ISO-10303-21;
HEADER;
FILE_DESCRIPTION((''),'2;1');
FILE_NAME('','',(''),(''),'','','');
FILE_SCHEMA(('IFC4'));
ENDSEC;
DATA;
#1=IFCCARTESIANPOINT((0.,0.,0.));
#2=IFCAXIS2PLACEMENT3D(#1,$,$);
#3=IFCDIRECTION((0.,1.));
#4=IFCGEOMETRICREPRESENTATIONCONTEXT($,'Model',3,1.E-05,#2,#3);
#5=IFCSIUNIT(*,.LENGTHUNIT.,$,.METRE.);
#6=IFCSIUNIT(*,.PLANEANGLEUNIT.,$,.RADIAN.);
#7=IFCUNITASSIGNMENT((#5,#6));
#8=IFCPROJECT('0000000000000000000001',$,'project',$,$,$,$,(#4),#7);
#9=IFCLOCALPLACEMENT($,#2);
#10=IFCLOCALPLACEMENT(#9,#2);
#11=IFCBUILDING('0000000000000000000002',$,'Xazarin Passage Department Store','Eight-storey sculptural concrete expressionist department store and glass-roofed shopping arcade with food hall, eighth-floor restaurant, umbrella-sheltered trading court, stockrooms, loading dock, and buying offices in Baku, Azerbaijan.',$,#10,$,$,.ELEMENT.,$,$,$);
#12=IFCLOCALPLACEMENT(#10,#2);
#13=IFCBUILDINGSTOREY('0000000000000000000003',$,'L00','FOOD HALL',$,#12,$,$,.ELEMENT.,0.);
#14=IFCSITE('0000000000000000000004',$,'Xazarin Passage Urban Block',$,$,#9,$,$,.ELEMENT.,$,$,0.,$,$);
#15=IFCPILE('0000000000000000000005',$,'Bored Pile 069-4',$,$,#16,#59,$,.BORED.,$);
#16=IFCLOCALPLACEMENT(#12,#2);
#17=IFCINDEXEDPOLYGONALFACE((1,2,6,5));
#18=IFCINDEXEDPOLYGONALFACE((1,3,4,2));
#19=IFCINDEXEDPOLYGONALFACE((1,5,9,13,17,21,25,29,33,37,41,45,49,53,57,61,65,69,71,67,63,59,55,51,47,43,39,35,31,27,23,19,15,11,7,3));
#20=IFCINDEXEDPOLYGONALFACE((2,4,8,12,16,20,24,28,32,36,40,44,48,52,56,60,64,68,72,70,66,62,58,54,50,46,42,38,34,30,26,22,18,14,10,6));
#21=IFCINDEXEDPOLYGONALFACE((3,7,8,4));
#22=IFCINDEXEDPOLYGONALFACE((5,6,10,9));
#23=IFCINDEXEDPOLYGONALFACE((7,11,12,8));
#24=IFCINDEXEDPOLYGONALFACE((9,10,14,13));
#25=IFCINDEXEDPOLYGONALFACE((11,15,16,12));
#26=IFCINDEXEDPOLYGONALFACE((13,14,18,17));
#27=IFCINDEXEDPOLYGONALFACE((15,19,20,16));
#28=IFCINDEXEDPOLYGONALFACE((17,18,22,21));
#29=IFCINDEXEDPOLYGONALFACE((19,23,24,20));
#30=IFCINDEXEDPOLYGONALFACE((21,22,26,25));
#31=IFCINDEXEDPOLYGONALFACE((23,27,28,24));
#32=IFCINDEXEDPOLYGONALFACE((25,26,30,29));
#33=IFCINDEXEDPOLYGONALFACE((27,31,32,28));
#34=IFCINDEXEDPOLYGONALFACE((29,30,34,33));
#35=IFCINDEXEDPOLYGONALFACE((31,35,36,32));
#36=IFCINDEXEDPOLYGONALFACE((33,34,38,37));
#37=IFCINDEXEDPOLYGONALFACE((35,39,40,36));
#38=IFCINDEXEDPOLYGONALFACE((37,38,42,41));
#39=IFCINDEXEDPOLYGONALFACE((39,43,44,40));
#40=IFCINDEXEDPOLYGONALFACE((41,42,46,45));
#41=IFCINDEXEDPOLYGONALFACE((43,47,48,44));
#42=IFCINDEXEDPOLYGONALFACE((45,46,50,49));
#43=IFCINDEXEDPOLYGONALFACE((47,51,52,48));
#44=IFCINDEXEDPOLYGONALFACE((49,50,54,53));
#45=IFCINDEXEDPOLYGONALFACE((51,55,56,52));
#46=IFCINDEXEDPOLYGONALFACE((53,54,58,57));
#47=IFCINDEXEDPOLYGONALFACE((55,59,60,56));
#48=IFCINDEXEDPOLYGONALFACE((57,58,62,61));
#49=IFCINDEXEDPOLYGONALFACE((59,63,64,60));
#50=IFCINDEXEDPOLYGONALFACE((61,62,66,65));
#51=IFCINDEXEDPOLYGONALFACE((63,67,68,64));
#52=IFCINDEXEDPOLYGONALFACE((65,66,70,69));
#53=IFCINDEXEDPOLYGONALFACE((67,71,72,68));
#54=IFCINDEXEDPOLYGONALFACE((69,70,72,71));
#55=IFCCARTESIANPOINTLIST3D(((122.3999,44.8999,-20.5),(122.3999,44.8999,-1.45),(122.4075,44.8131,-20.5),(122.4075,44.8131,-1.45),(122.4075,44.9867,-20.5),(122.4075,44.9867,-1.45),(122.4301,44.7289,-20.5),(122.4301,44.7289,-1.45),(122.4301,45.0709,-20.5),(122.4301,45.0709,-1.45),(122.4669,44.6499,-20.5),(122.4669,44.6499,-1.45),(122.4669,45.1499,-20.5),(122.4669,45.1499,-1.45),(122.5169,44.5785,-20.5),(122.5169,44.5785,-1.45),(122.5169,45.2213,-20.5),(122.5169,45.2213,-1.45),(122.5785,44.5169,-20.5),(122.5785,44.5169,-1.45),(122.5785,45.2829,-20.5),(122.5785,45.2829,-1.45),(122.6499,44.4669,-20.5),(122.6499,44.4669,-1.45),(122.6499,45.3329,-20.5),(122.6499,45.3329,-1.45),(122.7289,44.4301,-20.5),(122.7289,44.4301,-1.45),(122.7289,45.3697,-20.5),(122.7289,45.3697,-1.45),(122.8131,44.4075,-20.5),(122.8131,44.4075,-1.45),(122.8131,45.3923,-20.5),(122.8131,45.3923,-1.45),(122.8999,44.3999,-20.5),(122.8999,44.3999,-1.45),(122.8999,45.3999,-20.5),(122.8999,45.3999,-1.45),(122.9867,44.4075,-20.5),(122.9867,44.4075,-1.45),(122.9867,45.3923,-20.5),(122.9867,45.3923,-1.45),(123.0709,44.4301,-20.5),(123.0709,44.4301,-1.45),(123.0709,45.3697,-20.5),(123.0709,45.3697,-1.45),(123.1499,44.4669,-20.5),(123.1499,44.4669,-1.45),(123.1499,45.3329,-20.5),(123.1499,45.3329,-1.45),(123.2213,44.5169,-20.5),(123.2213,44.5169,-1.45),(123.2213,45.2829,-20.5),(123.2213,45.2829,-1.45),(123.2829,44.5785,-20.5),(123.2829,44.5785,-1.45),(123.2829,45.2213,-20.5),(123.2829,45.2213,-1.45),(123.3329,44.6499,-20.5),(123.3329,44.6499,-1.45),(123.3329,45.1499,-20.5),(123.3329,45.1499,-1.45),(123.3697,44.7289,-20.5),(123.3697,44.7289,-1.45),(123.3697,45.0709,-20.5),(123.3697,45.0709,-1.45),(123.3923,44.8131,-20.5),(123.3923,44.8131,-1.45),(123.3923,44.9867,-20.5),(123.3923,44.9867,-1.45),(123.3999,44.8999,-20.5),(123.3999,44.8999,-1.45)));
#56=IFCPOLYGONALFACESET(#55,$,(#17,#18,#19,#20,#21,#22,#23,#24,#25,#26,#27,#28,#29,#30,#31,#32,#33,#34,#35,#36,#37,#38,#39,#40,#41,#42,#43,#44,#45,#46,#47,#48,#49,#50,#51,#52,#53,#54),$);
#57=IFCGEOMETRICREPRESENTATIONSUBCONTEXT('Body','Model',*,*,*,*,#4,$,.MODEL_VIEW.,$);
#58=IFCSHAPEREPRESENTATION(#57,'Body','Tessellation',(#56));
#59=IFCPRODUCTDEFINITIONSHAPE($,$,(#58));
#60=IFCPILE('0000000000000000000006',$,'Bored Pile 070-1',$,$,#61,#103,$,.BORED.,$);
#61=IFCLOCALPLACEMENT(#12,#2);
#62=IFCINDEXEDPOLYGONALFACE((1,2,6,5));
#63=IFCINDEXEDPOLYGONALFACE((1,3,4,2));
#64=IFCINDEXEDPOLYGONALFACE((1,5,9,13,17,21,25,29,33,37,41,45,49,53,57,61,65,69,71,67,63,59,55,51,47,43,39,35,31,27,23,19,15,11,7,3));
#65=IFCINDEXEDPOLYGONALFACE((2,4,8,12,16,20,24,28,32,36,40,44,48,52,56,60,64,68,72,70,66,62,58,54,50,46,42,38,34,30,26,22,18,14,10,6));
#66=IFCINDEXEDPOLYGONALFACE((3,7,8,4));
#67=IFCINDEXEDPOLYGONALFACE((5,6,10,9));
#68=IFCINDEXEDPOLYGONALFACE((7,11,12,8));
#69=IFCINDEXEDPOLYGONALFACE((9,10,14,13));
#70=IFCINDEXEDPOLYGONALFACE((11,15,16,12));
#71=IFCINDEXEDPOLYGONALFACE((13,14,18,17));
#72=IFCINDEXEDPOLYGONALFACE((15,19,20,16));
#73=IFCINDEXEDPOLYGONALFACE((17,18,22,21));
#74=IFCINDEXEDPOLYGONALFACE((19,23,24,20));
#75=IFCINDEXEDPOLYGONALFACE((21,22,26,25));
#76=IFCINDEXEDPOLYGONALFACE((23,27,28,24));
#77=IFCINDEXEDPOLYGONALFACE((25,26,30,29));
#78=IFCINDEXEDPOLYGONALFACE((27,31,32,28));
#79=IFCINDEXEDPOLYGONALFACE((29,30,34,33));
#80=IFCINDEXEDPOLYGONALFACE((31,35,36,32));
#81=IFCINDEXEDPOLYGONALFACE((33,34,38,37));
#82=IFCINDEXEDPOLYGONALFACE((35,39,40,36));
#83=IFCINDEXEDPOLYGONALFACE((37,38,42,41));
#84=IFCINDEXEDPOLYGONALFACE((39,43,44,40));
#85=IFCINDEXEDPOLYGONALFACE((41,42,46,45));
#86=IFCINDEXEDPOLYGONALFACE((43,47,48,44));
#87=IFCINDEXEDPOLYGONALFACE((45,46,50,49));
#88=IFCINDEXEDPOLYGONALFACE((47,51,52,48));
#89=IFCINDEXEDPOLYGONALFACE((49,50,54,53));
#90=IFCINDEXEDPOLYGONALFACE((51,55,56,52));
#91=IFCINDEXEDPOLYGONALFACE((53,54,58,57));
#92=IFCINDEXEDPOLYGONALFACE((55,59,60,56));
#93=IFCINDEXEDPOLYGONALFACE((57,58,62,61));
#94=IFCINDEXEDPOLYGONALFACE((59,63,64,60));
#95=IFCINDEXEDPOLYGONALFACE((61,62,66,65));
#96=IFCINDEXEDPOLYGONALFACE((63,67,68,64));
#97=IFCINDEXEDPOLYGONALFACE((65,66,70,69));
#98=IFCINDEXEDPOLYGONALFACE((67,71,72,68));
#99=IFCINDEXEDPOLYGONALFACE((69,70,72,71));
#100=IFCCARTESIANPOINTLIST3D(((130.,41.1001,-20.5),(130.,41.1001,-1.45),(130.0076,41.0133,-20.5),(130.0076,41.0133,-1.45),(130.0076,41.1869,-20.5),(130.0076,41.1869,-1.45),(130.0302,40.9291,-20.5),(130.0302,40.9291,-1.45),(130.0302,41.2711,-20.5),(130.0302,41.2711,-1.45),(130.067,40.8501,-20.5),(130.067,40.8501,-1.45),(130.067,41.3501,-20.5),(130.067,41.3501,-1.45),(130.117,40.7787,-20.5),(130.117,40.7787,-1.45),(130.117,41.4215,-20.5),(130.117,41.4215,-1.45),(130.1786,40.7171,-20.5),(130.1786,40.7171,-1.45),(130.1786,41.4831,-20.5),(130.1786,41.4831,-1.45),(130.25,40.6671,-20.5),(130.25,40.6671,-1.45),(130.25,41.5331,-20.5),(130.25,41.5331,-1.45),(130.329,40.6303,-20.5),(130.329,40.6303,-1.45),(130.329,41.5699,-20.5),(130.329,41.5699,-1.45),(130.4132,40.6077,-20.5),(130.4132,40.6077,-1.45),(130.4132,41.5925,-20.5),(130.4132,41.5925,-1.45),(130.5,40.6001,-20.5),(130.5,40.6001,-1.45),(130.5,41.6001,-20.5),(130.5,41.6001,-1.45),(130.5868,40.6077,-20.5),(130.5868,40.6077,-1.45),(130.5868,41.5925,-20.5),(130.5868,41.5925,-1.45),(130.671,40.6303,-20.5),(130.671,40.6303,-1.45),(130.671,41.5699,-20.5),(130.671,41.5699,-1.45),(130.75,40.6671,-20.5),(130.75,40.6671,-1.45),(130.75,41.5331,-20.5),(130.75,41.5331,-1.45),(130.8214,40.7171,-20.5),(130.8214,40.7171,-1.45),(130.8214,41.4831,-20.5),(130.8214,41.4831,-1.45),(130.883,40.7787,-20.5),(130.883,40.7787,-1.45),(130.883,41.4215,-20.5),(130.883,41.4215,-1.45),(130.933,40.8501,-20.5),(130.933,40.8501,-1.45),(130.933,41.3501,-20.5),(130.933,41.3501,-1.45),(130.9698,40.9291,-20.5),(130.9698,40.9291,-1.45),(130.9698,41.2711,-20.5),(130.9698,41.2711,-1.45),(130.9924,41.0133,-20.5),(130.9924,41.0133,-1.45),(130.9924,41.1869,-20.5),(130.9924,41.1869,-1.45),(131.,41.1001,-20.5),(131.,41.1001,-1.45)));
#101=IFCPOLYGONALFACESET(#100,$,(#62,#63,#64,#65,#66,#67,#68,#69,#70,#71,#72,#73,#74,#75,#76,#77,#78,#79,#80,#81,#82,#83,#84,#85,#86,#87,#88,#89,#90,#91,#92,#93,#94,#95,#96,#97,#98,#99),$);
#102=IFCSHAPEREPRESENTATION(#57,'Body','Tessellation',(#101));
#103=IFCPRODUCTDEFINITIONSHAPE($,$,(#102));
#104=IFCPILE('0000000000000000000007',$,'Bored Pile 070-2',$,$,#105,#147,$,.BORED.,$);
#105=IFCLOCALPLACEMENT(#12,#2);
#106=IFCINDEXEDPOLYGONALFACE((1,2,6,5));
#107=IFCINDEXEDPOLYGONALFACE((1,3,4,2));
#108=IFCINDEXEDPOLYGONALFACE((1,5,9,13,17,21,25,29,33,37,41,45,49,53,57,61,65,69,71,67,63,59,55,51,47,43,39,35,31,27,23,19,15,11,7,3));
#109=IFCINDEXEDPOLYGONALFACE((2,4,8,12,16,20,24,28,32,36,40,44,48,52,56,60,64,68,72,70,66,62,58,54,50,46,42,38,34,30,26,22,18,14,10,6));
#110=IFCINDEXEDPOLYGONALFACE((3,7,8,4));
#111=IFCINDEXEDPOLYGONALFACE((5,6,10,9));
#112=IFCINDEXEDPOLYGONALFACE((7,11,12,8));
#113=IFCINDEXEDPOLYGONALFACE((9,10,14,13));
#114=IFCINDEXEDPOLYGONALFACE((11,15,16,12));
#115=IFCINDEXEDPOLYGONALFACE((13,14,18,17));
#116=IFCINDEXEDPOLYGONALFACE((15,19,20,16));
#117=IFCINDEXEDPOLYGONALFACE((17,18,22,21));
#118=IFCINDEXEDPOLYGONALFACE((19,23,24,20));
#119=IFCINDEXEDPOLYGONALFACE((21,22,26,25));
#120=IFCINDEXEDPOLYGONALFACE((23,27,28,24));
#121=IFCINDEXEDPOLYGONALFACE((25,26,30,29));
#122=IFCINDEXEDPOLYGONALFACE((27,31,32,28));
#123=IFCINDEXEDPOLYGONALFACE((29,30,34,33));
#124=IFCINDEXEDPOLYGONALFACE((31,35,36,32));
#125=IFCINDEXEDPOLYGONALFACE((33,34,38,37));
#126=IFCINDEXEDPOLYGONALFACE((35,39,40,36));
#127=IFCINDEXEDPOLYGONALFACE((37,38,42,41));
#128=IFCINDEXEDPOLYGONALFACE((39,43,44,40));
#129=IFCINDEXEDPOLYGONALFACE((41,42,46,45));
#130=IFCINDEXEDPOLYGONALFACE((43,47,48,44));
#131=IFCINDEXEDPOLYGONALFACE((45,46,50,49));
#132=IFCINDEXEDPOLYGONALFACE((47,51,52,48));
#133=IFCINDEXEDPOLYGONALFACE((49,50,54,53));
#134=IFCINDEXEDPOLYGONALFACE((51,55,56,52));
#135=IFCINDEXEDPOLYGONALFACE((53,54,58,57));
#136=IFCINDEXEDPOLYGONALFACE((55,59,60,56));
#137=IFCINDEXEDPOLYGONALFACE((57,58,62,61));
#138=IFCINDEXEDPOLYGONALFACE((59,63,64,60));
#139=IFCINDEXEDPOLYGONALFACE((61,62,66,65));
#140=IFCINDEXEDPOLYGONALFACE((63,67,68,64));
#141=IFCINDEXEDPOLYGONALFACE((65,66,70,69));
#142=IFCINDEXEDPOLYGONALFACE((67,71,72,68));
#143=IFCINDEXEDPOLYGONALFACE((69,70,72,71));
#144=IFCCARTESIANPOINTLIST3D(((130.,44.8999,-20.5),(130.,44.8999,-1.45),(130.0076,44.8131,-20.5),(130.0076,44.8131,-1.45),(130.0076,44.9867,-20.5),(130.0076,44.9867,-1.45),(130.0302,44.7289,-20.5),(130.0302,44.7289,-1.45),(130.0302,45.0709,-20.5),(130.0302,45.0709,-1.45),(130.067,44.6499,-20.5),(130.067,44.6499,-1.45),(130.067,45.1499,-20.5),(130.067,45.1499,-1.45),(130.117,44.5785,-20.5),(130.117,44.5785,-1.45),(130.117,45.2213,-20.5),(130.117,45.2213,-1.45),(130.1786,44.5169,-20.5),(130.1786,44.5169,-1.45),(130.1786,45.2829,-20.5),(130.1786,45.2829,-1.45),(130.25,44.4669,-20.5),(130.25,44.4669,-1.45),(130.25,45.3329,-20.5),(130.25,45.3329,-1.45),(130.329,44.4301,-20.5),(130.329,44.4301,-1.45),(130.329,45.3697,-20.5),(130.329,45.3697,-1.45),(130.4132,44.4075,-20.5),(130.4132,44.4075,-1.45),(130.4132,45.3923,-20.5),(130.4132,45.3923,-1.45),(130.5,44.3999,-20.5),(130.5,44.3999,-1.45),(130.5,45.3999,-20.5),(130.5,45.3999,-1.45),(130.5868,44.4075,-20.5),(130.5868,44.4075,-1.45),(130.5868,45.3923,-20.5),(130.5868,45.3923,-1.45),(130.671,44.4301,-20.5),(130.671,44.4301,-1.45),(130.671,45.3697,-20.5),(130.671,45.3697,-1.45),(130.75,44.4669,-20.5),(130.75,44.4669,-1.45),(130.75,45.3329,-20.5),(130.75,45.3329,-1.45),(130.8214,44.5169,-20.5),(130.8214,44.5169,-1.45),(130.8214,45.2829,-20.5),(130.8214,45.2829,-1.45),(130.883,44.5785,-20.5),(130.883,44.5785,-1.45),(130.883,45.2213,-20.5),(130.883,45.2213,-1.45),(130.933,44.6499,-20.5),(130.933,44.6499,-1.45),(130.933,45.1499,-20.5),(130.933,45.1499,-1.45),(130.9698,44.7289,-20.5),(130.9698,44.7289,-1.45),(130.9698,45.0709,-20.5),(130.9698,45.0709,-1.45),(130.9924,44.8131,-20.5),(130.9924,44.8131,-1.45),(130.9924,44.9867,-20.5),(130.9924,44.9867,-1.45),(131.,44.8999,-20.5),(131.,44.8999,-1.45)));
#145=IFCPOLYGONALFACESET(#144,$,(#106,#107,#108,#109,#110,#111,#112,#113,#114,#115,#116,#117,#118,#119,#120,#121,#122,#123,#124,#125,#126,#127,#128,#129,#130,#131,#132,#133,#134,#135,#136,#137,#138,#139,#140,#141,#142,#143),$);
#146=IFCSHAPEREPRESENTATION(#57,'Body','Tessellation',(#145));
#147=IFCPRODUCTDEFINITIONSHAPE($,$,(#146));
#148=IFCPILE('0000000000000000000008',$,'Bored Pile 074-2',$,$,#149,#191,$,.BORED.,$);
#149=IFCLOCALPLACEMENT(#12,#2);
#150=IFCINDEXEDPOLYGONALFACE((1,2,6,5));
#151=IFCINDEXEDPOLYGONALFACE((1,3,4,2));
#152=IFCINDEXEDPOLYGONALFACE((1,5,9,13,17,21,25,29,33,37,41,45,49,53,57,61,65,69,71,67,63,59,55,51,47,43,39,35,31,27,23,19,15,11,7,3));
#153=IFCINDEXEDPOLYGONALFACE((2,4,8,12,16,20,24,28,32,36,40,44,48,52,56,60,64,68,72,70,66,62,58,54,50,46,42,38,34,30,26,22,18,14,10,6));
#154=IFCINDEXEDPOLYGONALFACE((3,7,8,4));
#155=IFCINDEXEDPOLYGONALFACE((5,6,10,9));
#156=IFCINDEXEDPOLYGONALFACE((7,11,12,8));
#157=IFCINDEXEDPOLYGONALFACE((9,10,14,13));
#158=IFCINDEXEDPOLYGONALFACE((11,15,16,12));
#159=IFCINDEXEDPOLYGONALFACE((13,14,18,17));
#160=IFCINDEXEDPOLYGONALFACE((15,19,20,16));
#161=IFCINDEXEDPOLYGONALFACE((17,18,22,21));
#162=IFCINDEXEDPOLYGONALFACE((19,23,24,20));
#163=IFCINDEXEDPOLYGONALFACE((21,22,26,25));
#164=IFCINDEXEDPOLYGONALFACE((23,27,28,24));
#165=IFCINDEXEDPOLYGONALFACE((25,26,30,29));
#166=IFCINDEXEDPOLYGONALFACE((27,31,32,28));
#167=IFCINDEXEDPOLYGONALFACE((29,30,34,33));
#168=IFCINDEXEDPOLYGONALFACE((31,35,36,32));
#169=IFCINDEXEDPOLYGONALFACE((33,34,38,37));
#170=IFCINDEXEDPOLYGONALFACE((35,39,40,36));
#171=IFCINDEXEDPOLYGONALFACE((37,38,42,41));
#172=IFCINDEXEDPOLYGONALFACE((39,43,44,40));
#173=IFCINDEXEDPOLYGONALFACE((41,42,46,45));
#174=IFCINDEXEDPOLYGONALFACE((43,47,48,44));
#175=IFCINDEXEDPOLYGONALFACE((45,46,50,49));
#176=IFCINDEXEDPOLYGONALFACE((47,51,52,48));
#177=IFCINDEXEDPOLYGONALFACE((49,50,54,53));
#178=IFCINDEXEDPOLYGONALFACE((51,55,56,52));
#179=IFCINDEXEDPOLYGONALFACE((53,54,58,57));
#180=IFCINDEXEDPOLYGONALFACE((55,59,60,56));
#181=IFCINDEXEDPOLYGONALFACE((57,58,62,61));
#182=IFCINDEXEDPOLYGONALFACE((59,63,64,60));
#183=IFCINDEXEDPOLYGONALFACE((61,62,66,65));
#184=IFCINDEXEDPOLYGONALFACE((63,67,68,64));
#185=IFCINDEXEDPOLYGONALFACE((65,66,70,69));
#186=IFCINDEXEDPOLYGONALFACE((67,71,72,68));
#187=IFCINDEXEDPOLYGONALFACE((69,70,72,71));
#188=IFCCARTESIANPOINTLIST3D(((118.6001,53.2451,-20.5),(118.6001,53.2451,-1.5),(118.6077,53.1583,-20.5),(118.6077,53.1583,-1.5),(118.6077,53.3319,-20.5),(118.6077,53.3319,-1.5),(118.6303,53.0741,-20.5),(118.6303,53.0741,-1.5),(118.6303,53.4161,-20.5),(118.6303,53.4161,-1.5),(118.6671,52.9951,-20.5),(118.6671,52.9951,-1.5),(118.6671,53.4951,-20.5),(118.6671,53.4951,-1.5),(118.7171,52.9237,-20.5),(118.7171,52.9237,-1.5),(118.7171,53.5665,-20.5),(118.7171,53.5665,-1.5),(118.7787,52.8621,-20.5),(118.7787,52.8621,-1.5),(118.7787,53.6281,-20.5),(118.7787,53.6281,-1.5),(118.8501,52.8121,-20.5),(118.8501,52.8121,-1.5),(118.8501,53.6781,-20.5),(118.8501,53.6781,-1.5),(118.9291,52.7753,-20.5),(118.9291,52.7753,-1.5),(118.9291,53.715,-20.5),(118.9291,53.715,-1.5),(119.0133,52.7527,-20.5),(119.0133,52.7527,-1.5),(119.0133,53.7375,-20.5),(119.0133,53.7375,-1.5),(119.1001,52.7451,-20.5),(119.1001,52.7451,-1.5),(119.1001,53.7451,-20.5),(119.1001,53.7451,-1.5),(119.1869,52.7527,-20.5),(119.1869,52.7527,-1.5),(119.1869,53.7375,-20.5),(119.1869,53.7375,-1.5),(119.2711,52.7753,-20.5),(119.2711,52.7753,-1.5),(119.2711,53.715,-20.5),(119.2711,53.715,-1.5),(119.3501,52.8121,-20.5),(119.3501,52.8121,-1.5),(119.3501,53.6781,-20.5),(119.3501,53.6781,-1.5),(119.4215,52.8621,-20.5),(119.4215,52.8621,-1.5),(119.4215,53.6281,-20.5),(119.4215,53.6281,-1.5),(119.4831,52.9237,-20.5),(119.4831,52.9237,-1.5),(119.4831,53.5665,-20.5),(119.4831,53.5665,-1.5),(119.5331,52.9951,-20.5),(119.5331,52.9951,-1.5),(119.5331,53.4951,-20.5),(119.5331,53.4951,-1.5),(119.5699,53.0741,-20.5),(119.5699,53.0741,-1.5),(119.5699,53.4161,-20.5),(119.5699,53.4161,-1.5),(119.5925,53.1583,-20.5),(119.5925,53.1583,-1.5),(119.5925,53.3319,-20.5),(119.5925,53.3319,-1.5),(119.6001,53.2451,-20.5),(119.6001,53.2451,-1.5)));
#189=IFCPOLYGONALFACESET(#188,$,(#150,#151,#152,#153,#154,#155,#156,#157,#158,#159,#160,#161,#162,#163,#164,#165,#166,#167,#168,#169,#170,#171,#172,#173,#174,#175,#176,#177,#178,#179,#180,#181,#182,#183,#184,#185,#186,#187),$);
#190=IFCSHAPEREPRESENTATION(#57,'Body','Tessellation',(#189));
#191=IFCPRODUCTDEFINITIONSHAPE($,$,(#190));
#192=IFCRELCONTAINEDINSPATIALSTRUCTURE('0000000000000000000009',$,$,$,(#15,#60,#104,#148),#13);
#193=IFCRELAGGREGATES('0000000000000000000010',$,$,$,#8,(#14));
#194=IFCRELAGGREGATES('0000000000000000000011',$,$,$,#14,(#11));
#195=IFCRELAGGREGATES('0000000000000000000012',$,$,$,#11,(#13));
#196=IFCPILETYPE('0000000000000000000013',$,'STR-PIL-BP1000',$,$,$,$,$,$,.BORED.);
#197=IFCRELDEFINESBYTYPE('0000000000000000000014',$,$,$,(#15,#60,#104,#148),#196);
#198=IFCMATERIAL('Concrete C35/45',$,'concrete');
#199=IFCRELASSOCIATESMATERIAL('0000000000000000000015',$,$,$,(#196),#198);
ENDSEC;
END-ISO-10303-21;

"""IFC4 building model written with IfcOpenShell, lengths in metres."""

from ifc_helpers import new_model, si_unit, direction, frame, origin, origin_2d, place, context, subcontext, project, spatial, circle, extrude, material, material_profile, profile_set, type_object, element, save


model = new_model("IFC4")

# Units and contexts
model_context = context("Model", 3, precision=1e-05, world=origin(), true_north=direction((0.0, 1.0)))
body_context = subcontext(model_context, "Body", "Model", "MODEL_VIEW")
ifc_project = project(units=[si_unit("LENGTHUNIT", "METRE"), si_unit("PLANEANGLEUNIT", "RADIAN")], contexts=[model_context])

# Site, building, storey
site_placement = place(None, origin())
site = spatial("IfcSite", under=ifc_project, at=site_placement, Name="Xazarin Passage Urban Block", CompositionType="ELEMENT", RefElevation=0.0)
building_placement = place(site_placement, origin())
building = spatial("IfcBuilding", under=site, at=building_placement, Name="Xazarin Passage Department Store", Description="Eight-storey sculptural concrete expressionist department store and glass-roofed shopping arcade with food hall, eighth-floor restaurant, umbrella-sheltered trading court, stockrooms, loading dock, and buying offices in Baku, Azerbaijan.", CompositionType="ELEMENT")
storey_placement = place(building_placement, origin())
storey = spatial("IfcBuildingStorey", under=building, at=storey_placement, Name="L00", Description="FOOD HALL", CompositionType="ELEMENT", Elevation=0.0)

# Shared definitions
ifc_material_1 = material(Name="Concrete C35/45", Category="concrete")

# Piles
ifc_material_profile_1 = material_profile(ifc_material_1, circle(Radius=0.5, at=origin_2d()), Name="BP 1000")
ifc_profile_set_1 = profile_set([ifc_material_profile_1], Name="Concrete C35/45")
pile_type_1 = type_object("IfcPileType", Name="STR-PIL-BP1000", PredefinedType="BORED", material=ifc_profile_set_1)
for number, where, z_axis, x_axis, name in (
    (1, (122.8999, 44.8999, -1.45), (0.0, 0.0, -1.0), (1.0, 0.0, 0.0), "Bored Pile 069-4"),
    (2, (130.5, 41.1001, -1.45), (0.0, 0.0, -1.0), (1.0, 0.0, 0.0), "Bored Pile 070-1"),
    (3, (130.5, 44.8999, -1.45), (0.0, 0.0, -1.0), (1.0, 0.0, 0.0), "Bored Pile 070-2"),
):
    element("IfcPile", number, at=place(storey_placement, frame(where, z_axis=z_axis, x_axis=x_axis)), inside=storey, type_object=pile_type_1, Name=name, PredefinedType="BORED", context=body_context, shape_type="SweptSolid", body=[
        extrude(circle(Radius=0.5, at=origin_2d()), origin(), (0.0, 0.0, 1.0), 19.05),
    ])
for number, where, z_axis, x_axis, name in (
    (4, (119.1001, 53.2451, -1.5), (0.0, 0.0, -1.0), (1.0, 0.0, 0.0), "Bored Pile 074-2"),
):
    element("IfcPile", number, at=place(storey_placement, frame(where, z_axis=z_axis, x_axis=x_axis)), inside=storey, type_object=pile_type_1, Name=name, PredefinedType="BORED", context=body_context, shape_type="SweptSolid", body=[
        extrude(circle(Radius=0.5, at=origin_2d()), origin(), (0.0, 0.0, 1.0), 19.0),
    ])

save(model, "model.ifc")
